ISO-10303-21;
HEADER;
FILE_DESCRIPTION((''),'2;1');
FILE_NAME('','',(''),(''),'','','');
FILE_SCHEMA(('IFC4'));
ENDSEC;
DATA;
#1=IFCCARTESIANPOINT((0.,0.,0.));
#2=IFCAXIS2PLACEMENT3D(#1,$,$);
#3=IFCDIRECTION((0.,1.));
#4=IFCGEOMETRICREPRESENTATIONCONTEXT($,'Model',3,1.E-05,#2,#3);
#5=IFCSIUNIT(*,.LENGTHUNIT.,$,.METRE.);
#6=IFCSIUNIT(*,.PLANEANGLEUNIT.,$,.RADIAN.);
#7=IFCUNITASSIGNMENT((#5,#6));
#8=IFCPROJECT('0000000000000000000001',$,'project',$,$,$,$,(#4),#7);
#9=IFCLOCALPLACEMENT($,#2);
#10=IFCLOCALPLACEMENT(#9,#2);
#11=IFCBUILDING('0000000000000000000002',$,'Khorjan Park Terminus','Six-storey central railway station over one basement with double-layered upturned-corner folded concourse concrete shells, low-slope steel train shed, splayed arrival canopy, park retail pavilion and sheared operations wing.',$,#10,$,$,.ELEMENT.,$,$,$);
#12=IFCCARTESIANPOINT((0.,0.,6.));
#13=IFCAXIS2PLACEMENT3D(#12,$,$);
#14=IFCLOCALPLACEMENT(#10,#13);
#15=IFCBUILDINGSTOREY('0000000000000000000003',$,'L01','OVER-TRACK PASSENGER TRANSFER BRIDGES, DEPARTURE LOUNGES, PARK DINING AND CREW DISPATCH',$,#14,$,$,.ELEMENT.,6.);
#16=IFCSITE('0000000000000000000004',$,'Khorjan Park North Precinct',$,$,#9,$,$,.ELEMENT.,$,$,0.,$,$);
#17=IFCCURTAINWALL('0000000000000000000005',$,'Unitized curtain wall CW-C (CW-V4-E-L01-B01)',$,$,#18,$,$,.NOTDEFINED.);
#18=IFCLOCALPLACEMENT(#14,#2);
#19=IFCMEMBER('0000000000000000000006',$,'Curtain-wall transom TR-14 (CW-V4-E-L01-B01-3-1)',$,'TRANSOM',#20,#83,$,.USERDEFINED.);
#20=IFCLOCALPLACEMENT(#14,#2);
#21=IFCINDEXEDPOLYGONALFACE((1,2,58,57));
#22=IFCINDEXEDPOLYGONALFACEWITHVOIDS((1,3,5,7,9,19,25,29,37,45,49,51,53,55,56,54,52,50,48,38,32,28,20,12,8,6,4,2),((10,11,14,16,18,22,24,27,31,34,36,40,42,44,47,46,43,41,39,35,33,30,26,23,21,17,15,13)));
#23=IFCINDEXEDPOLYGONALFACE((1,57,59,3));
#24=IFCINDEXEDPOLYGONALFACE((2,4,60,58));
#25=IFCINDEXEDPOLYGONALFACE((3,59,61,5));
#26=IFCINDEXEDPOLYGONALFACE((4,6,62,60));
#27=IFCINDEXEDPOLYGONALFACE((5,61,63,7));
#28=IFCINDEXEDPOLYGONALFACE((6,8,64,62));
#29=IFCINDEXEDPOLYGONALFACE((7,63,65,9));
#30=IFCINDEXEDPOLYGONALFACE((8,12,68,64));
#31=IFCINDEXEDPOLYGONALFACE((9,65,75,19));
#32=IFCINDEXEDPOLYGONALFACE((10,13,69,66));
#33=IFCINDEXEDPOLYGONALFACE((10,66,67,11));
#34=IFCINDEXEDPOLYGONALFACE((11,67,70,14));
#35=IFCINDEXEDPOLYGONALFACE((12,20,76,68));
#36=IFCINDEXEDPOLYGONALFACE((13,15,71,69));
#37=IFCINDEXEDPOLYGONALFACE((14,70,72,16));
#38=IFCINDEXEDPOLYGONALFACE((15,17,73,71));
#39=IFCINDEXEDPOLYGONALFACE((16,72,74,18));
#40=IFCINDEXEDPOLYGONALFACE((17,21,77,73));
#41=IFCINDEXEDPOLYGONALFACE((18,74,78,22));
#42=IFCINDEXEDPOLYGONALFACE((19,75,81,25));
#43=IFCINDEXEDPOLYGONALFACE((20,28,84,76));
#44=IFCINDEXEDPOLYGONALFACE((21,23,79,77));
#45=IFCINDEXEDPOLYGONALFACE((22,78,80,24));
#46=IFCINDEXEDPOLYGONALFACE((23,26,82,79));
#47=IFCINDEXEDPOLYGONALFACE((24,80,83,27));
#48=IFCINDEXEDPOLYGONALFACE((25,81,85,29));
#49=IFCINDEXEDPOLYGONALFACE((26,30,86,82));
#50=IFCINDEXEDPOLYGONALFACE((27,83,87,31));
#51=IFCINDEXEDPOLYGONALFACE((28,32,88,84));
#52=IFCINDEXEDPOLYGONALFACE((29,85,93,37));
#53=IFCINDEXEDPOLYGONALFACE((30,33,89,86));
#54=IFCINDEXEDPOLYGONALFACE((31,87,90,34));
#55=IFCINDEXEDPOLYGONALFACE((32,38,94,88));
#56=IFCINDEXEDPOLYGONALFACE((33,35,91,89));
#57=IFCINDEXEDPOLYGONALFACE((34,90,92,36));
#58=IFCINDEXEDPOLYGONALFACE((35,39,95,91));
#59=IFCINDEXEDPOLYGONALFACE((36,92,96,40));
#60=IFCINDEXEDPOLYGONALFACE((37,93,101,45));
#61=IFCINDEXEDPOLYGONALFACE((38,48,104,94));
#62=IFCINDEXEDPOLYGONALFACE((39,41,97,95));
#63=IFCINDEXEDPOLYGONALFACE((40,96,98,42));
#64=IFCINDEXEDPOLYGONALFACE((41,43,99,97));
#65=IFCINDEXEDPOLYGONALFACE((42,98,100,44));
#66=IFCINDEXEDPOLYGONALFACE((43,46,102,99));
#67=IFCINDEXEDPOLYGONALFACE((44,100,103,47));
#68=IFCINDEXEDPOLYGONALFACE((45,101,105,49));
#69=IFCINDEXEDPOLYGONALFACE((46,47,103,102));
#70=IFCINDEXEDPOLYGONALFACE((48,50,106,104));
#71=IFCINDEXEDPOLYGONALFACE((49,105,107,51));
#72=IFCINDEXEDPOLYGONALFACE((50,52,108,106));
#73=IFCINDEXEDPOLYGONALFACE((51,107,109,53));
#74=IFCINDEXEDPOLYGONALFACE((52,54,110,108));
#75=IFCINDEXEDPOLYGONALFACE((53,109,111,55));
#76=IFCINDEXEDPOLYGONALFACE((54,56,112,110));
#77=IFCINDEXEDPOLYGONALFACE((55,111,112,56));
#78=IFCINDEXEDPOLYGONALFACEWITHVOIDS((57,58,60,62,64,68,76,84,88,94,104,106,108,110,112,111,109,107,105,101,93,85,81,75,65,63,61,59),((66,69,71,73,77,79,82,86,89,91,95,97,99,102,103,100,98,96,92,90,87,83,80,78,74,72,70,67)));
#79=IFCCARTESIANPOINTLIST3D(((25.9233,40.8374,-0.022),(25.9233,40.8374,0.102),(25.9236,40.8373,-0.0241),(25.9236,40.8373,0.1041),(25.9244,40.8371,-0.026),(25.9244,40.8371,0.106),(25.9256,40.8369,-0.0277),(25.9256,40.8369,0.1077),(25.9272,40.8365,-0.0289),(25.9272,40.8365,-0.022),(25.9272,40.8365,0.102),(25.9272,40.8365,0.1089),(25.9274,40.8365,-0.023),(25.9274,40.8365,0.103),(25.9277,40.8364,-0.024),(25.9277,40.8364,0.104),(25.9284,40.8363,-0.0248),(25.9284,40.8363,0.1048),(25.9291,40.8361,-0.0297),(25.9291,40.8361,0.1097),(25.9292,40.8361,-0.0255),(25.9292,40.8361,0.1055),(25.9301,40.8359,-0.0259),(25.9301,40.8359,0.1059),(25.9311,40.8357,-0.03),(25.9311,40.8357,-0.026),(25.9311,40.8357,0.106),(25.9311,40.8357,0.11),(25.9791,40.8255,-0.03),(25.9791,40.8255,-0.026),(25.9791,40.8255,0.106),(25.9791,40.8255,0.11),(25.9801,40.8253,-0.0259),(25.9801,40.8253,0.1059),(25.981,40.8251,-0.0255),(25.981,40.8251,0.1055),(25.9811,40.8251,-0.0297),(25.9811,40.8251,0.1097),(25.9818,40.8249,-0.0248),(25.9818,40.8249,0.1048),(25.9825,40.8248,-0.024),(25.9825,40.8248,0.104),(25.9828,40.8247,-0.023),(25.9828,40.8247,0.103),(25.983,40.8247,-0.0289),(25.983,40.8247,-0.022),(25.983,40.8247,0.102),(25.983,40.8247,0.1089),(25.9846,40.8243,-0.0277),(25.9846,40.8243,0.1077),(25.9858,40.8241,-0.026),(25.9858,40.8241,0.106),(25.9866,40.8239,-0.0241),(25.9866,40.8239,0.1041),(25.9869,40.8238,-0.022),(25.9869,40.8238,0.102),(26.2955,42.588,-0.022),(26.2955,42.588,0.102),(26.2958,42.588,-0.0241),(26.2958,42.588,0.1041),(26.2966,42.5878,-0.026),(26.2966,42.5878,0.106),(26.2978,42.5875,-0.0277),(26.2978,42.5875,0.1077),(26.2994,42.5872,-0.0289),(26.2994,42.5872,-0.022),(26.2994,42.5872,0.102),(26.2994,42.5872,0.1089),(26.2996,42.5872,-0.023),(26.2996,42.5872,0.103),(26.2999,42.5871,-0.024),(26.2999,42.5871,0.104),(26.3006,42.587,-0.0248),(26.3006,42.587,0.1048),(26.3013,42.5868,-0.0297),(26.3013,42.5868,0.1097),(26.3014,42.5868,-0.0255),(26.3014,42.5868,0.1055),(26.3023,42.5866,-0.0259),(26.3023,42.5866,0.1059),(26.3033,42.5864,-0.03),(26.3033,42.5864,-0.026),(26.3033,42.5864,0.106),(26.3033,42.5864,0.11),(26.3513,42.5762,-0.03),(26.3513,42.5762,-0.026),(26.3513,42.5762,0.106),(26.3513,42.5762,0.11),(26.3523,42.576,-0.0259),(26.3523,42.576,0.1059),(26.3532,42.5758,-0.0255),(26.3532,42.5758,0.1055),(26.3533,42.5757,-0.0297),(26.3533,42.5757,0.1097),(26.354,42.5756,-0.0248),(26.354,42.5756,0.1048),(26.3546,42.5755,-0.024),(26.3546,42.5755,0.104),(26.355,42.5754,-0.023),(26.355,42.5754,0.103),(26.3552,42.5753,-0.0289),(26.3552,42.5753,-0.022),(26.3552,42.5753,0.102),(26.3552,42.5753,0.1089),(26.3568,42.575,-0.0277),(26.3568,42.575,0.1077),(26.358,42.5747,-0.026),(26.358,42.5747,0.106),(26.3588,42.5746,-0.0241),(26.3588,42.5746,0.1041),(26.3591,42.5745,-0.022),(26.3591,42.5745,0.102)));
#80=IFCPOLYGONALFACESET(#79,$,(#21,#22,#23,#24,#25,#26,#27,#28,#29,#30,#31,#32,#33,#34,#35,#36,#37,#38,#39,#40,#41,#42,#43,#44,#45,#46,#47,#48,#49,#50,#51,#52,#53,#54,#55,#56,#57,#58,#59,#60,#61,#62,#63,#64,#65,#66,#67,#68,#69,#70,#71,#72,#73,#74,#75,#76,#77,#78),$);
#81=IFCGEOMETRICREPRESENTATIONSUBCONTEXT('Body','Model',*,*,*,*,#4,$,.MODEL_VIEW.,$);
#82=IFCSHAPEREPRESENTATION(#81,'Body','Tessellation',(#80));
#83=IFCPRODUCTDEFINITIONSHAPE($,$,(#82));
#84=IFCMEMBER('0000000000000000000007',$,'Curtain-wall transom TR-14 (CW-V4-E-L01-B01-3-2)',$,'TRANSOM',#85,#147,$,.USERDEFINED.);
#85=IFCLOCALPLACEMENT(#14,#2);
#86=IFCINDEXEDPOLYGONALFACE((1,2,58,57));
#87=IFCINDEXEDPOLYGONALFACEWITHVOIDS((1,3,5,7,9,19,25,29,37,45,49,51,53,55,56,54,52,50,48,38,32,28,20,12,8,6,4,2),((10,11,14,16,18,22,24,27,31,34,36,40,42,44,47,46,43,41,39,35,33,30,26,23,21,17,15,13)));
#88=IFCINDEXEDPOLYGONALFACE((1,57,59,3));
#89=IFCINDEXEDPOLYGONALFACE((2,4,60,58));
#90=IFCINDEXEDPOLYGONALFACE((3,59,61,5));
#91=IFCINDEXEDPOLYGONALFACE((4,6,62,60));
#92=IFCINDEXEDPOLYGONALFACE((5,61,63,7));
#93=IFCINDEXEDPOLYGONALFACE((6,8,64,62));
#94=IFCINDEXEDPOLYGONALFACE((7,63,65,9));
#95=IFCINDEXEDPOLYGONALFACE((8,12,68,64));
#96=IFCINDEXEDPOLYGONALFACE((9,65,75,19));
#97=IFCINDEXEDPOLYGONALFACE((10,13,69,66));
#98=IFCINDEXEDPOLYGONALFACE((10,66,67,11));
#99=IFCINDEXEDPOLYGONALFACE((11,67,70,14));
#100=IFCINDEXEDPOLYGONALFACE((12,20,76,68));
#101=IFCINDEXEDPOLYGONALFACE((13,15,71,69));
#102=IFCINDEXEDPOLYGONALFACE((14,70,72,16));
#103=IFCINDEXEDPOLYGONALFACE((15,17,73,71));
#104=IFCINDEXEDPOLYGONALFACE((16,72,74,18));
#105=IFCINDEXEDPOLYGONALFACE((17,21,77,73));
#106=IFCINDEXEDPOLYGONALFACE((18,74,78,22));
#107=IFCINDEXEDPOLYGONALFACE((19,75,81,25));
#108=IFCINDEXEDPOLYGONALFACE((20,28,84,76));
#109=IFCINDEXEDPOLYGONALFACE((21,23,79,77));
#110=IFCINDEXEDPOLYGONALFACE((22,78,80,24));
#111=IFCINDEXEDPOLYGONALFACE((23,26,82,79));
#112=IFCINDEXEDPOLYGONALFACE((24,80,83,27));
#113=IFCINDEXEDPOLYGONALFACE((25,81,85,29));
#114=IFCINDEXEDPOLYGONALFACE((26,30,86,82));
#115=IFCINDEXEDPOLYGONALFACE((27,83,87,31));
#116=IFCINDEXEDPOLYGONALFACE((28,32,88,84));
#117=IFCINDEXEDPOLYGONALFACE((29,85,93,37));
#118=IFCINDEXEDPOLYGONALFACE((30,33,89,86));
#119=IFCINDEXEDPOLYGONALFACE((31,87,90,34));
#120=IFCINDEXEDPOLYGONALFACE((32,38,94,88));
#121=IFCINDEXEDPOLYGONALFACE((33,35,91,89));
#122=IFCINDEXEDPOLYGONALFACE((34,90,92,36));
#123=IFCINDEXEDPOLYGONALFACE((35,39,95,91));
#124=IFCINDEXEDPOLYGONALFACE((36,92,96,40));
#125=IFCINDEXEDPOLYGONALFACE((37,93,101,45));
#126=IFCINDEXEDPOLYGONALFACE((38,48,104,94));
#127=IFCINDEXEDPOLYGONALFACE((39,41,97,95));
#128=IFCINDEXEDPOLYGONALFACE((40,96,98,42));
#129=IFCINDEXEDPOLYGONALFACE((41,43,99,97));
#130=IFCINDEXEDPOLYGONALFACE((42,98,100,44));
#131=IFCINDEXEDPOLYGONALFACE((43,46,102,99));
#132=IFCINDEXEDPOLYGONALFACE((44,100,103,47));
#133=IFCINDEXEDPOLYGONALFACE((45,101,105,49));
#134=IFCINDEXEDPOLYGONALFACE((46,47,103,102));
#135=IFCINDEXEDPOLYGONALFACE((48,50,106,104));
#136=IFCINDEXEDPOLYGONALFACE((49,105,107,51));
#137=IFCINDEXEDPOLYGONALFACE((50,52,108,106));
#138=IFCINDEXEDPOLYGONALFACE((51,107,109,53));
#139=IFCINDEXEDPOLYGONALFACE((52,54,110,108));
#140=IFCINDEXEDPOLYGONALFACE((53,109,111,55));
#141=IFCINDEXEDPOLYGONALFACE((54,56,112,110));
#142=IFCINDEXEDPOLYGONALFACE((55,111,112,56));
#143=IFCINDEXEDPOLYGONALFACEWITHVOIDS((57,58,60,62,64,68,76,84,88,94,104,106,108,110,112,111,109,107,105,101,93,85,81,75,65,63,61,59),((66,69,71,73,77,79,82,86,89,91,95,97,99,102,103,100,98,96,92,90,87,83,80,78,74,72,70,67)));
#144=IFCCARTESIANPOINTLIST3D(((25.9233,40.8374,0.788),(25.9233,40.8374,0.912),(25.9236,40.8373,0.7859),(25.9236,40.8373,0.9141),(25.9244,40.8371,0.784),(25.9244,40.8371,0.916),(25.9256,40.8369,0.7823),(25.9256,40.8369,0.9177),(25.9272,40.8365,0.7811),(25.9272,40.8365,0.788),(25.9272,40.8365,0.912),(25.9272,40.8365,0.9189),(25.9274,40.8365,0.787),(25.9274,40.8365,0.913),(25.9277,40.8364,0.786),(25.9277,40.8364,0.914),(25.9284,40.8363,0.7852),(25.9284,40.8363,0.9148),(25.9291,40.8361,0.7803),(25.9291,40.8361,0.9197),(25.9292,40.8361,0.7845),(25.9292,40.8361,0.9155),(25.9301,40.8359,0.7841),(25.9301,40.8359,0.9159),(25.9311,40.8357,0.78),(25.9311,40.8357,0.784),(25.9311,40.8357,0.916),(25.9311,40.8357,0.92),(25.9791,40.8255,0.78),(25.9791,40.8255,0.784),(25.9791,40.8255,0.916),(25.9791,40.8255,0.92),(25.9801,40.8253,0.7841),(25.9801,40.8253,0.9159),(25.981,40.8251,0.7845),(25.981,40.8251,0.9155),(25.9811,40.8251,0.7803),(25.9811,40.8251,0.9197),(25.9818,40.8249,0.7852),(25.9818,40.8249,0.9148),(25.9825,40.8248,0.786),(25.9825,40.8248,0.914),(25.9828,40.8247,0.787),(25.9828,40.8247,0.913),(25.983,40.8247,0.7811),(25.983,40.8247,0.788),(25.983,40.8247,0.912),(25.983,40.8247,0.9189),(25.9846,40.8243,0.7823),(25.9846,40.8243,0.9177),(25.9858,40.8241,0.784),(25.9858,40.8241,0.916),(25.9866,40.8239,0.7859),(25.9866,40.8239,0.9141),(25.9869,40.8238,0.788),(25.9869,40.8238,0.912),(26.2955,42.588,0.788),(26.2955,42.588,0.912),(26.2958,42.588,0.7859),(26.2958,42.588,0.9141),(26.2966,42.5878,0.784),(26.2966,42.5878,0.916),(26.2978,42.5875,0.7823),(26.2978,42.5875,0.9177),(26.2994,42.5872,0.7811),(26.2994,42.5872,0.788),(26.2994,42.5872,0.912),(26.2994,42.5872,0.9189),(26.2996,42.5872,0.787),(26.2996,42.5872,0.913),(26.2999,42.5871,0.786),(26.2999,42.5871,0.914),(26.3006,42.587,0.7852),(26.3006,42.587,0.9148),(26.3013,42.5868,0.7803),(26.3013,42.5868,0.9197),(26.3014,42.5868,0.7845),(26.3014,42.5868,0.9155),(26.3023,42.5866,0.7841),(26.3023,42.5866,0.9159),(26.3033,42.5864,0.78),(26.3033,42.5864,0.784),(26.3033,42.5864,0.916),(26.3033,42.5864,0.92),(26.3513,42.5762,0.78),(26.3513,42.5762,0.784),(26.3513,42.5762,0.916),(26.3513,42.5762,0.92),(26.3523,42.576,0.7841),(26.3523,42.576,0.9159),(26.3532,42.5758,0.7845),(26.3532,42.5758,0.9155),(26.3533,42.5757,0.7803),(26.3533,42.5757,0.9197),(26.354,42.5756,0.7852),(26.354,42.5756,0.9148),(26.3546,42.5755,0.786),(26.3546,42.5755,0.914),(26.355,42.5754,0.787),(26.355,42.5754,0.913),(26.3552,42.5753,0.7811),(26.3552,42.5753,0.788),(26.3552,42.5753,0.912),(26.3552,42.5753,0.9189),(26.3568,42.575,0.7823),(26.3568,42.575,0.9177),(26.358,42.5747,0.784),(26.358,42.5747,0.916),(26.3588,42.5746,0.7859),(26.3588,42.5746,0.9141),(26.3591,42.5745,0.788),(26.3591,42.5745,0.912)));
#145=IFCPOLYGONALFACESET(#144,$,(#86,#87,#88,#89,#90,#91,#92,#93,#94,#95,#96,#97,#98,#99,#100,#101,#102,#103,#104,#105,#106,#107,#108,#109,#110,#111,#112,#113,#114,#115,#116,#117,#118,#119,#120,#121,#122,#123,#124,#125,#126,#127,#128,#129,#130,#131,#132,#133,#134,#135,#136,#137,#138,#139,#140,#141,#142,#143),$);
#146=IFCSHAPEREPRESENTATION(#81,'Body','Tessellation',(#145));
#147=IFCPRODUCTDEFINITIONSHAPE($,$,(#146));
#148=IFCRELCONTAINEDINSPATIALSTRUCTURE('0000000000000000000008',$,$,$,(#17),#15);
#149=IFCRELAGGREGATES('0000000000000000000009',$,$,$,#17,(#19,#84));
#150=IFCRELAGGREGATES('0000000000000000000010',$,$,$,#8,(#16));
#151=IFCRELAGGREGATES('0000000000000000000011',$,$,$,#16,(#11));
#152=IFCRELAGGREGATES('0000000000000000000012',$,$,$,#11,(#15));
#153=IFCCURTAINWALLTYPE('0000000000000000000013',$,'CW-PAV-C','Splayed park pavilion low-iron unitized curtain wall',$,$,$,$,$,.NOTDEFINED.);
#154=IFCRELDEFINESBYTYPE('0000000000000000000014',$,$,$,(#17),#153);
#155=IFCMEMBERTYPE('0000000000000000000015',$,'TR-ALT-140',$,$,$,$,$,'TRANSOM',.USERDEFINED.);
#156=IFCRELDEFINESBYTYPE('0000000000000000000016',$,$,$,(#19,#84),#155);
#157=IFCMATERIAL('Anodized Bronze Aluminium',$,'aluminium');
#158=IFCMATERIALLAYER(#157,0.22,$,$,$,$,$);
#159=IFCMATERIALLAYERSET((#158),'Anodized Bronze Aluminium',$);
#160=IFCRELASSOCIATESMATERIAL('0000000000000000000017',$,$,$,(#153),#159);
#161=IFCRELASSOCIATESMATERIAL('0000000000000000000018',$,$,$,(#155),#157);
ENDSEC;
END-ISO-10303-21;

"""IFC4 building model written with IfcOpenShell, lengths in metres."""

from ifc_helpers import new_model, si_unit, direction, frame, origin, origin_2d, place, context, subcontext, project, spatial, hollow_rectangle, extrude, material, layer, layer_set, material_profile, profile_set, type_object, element, aggregate, save


model = new_model("IFC4")

# Units and contexts
model_context = context("Model", 3, precision=1e-05, world=origin(), true_north=direction((0.0, 1.0)))
body_context = subcontext(model_context, "Body", "Model", "MODEL_VIEW")
ifc_project = project(units=[si_unit("LENGTHUNIT", "METRE"), si_unit("PLANEANGLEUNIT", "RADIAN")], contexts=[model_context])

# Site, building, storey
site_placement = place(None, origin())
site = spatial("IfcSite", under=ifc_project, at=site_placement, Name="Khorjan Park North Precinct", CompositionType="ELEMENT", RefElevation=0.0)
building_placement = place(site_placement, origin())
building = spatial("IfcBuilding", under=site, at=building_placement, Name="Khorjan Park Terminus", Description="Six-storey central railway station over one basement with double-layered upturned-corner folded concourse concrete shells, low-slope steel train shed, splayed arrival canopy, park retail pavilion and sheared operations wing.", CompositionType="ELEMENT")
storey_placement = place(building_placement, frame((0.0, 0.0, 6.0)))
storey = spatial("IfcBuildingStorey", under=building, at=storey_placement, Name="L01", Description="OVER-TRACK PASSENGER TRANSFER BRIDGES, DEPARTURE LOUNGES, PARK DINING AND CREW DISPATCH", CompositionType="ELEMENT", Elevation=6.0)

# Curtain wall, members
ifc_material_1 = material(Name="Anodized Bronze Aluminium", Category="aluminium")
ifc_layer_1 = layer(ifc_material_1, 0.22)
ifc_layer_set_1 = layer_set([ifc_layer_1], Name="Anodized Bronze Aluminium")
curtain_wall_type = type_object("IfcCurtainWallType", Name="CW-PAV-C", Description="Splayed park pavilion low-iron unitized curtain wall", PredefinedType="NOTDEFINED", material=ifc_layer_set_1)
curtain_wall_placement = place(storey_placement, origin())
curtain_wall = element("IfcCurtainWall", 1, at=curtain_wall_placement, inside=storey, type_object=curtain_wall_type, Name="Unitized curtain wall CW-C (CW-V4-E-L01-B01)", PredefinedType="NOTDEFINED")
ifc_material_profile_1 = material_profile(ifc_material_1, hollow_rectangle(XDim=0.065, YDim=0.14, WallThickness=0.004, InnerFilletRadius=0.004, OuterFilletRadius=0.008, at=origin_2d()), Name="ALT 65x140x4")
ifc_profile_set_1 = profile_set([ifc_material_profile_1], Name="Anodized Bronze Aluminium")
member_type_1 = type_object("IfcMemberType", Name="TR-ALT-140", ElementType="TRANSOM", PredefinedType="USERDEFINED", material=ifc_profile_set_1)
member_1_placement = place(storey_placement, frame((25.9551, 40.8306, 0.04), z_axis=(0.207953, 0.978139, 0.0), x_axis=(-0.978139, 0.207953, 0.0)))
member_1 = element("IfcMember", 2, at=member_1_placement, type_object=member_type_1, Name="Curtain-wall transom TR-14 (CW-V4-E-L01-B01-3-1)", ObjectType="TRANSOM", PredefinedType="USERDEFINED", context=body_context, shape_type="SweptSolid", body=[
    extrude(hollow_rectangle(XDim=0.065, YDim=0.14, WallThickness=0.004, InnerFilletRadius=0.004, OuterFilletRadius=0.008, at=origin_2d()), origin(), (0.0, 0.0, 1.0), 1.7898),
])
member_2_placement = place(storey_placement, frame((25.9551, 40.8306, 0.85), z_axis=(0.207953, 0.978139, 0.0), x_axis=(-0.978139, 0.207953, 0.0)))
member_2 = element("IfcMember", 3, at=member_2_placement, type_object=member_type_1, Name="Curtain-wall transom TR-14 (CW-V4-E-L01-B01-3-2)", ObjectType="TRANSOM", PredefinedType="USERDEFINED", context=body_context, shape_type="SweptSolid", body=[
    extrude(hollow_rectangle(XDim=0.065, YDim=0.14, WallThickness=0.004, InnerFilletRadius=0.004, OuterFilletRadius=0.008, at=origin_2d()), origin(), (0.0, 0.0, 1.0), 1.7898),
])
aggregate(curtain_wall, [member_1, member_2])

save(model, "model.ifc")
